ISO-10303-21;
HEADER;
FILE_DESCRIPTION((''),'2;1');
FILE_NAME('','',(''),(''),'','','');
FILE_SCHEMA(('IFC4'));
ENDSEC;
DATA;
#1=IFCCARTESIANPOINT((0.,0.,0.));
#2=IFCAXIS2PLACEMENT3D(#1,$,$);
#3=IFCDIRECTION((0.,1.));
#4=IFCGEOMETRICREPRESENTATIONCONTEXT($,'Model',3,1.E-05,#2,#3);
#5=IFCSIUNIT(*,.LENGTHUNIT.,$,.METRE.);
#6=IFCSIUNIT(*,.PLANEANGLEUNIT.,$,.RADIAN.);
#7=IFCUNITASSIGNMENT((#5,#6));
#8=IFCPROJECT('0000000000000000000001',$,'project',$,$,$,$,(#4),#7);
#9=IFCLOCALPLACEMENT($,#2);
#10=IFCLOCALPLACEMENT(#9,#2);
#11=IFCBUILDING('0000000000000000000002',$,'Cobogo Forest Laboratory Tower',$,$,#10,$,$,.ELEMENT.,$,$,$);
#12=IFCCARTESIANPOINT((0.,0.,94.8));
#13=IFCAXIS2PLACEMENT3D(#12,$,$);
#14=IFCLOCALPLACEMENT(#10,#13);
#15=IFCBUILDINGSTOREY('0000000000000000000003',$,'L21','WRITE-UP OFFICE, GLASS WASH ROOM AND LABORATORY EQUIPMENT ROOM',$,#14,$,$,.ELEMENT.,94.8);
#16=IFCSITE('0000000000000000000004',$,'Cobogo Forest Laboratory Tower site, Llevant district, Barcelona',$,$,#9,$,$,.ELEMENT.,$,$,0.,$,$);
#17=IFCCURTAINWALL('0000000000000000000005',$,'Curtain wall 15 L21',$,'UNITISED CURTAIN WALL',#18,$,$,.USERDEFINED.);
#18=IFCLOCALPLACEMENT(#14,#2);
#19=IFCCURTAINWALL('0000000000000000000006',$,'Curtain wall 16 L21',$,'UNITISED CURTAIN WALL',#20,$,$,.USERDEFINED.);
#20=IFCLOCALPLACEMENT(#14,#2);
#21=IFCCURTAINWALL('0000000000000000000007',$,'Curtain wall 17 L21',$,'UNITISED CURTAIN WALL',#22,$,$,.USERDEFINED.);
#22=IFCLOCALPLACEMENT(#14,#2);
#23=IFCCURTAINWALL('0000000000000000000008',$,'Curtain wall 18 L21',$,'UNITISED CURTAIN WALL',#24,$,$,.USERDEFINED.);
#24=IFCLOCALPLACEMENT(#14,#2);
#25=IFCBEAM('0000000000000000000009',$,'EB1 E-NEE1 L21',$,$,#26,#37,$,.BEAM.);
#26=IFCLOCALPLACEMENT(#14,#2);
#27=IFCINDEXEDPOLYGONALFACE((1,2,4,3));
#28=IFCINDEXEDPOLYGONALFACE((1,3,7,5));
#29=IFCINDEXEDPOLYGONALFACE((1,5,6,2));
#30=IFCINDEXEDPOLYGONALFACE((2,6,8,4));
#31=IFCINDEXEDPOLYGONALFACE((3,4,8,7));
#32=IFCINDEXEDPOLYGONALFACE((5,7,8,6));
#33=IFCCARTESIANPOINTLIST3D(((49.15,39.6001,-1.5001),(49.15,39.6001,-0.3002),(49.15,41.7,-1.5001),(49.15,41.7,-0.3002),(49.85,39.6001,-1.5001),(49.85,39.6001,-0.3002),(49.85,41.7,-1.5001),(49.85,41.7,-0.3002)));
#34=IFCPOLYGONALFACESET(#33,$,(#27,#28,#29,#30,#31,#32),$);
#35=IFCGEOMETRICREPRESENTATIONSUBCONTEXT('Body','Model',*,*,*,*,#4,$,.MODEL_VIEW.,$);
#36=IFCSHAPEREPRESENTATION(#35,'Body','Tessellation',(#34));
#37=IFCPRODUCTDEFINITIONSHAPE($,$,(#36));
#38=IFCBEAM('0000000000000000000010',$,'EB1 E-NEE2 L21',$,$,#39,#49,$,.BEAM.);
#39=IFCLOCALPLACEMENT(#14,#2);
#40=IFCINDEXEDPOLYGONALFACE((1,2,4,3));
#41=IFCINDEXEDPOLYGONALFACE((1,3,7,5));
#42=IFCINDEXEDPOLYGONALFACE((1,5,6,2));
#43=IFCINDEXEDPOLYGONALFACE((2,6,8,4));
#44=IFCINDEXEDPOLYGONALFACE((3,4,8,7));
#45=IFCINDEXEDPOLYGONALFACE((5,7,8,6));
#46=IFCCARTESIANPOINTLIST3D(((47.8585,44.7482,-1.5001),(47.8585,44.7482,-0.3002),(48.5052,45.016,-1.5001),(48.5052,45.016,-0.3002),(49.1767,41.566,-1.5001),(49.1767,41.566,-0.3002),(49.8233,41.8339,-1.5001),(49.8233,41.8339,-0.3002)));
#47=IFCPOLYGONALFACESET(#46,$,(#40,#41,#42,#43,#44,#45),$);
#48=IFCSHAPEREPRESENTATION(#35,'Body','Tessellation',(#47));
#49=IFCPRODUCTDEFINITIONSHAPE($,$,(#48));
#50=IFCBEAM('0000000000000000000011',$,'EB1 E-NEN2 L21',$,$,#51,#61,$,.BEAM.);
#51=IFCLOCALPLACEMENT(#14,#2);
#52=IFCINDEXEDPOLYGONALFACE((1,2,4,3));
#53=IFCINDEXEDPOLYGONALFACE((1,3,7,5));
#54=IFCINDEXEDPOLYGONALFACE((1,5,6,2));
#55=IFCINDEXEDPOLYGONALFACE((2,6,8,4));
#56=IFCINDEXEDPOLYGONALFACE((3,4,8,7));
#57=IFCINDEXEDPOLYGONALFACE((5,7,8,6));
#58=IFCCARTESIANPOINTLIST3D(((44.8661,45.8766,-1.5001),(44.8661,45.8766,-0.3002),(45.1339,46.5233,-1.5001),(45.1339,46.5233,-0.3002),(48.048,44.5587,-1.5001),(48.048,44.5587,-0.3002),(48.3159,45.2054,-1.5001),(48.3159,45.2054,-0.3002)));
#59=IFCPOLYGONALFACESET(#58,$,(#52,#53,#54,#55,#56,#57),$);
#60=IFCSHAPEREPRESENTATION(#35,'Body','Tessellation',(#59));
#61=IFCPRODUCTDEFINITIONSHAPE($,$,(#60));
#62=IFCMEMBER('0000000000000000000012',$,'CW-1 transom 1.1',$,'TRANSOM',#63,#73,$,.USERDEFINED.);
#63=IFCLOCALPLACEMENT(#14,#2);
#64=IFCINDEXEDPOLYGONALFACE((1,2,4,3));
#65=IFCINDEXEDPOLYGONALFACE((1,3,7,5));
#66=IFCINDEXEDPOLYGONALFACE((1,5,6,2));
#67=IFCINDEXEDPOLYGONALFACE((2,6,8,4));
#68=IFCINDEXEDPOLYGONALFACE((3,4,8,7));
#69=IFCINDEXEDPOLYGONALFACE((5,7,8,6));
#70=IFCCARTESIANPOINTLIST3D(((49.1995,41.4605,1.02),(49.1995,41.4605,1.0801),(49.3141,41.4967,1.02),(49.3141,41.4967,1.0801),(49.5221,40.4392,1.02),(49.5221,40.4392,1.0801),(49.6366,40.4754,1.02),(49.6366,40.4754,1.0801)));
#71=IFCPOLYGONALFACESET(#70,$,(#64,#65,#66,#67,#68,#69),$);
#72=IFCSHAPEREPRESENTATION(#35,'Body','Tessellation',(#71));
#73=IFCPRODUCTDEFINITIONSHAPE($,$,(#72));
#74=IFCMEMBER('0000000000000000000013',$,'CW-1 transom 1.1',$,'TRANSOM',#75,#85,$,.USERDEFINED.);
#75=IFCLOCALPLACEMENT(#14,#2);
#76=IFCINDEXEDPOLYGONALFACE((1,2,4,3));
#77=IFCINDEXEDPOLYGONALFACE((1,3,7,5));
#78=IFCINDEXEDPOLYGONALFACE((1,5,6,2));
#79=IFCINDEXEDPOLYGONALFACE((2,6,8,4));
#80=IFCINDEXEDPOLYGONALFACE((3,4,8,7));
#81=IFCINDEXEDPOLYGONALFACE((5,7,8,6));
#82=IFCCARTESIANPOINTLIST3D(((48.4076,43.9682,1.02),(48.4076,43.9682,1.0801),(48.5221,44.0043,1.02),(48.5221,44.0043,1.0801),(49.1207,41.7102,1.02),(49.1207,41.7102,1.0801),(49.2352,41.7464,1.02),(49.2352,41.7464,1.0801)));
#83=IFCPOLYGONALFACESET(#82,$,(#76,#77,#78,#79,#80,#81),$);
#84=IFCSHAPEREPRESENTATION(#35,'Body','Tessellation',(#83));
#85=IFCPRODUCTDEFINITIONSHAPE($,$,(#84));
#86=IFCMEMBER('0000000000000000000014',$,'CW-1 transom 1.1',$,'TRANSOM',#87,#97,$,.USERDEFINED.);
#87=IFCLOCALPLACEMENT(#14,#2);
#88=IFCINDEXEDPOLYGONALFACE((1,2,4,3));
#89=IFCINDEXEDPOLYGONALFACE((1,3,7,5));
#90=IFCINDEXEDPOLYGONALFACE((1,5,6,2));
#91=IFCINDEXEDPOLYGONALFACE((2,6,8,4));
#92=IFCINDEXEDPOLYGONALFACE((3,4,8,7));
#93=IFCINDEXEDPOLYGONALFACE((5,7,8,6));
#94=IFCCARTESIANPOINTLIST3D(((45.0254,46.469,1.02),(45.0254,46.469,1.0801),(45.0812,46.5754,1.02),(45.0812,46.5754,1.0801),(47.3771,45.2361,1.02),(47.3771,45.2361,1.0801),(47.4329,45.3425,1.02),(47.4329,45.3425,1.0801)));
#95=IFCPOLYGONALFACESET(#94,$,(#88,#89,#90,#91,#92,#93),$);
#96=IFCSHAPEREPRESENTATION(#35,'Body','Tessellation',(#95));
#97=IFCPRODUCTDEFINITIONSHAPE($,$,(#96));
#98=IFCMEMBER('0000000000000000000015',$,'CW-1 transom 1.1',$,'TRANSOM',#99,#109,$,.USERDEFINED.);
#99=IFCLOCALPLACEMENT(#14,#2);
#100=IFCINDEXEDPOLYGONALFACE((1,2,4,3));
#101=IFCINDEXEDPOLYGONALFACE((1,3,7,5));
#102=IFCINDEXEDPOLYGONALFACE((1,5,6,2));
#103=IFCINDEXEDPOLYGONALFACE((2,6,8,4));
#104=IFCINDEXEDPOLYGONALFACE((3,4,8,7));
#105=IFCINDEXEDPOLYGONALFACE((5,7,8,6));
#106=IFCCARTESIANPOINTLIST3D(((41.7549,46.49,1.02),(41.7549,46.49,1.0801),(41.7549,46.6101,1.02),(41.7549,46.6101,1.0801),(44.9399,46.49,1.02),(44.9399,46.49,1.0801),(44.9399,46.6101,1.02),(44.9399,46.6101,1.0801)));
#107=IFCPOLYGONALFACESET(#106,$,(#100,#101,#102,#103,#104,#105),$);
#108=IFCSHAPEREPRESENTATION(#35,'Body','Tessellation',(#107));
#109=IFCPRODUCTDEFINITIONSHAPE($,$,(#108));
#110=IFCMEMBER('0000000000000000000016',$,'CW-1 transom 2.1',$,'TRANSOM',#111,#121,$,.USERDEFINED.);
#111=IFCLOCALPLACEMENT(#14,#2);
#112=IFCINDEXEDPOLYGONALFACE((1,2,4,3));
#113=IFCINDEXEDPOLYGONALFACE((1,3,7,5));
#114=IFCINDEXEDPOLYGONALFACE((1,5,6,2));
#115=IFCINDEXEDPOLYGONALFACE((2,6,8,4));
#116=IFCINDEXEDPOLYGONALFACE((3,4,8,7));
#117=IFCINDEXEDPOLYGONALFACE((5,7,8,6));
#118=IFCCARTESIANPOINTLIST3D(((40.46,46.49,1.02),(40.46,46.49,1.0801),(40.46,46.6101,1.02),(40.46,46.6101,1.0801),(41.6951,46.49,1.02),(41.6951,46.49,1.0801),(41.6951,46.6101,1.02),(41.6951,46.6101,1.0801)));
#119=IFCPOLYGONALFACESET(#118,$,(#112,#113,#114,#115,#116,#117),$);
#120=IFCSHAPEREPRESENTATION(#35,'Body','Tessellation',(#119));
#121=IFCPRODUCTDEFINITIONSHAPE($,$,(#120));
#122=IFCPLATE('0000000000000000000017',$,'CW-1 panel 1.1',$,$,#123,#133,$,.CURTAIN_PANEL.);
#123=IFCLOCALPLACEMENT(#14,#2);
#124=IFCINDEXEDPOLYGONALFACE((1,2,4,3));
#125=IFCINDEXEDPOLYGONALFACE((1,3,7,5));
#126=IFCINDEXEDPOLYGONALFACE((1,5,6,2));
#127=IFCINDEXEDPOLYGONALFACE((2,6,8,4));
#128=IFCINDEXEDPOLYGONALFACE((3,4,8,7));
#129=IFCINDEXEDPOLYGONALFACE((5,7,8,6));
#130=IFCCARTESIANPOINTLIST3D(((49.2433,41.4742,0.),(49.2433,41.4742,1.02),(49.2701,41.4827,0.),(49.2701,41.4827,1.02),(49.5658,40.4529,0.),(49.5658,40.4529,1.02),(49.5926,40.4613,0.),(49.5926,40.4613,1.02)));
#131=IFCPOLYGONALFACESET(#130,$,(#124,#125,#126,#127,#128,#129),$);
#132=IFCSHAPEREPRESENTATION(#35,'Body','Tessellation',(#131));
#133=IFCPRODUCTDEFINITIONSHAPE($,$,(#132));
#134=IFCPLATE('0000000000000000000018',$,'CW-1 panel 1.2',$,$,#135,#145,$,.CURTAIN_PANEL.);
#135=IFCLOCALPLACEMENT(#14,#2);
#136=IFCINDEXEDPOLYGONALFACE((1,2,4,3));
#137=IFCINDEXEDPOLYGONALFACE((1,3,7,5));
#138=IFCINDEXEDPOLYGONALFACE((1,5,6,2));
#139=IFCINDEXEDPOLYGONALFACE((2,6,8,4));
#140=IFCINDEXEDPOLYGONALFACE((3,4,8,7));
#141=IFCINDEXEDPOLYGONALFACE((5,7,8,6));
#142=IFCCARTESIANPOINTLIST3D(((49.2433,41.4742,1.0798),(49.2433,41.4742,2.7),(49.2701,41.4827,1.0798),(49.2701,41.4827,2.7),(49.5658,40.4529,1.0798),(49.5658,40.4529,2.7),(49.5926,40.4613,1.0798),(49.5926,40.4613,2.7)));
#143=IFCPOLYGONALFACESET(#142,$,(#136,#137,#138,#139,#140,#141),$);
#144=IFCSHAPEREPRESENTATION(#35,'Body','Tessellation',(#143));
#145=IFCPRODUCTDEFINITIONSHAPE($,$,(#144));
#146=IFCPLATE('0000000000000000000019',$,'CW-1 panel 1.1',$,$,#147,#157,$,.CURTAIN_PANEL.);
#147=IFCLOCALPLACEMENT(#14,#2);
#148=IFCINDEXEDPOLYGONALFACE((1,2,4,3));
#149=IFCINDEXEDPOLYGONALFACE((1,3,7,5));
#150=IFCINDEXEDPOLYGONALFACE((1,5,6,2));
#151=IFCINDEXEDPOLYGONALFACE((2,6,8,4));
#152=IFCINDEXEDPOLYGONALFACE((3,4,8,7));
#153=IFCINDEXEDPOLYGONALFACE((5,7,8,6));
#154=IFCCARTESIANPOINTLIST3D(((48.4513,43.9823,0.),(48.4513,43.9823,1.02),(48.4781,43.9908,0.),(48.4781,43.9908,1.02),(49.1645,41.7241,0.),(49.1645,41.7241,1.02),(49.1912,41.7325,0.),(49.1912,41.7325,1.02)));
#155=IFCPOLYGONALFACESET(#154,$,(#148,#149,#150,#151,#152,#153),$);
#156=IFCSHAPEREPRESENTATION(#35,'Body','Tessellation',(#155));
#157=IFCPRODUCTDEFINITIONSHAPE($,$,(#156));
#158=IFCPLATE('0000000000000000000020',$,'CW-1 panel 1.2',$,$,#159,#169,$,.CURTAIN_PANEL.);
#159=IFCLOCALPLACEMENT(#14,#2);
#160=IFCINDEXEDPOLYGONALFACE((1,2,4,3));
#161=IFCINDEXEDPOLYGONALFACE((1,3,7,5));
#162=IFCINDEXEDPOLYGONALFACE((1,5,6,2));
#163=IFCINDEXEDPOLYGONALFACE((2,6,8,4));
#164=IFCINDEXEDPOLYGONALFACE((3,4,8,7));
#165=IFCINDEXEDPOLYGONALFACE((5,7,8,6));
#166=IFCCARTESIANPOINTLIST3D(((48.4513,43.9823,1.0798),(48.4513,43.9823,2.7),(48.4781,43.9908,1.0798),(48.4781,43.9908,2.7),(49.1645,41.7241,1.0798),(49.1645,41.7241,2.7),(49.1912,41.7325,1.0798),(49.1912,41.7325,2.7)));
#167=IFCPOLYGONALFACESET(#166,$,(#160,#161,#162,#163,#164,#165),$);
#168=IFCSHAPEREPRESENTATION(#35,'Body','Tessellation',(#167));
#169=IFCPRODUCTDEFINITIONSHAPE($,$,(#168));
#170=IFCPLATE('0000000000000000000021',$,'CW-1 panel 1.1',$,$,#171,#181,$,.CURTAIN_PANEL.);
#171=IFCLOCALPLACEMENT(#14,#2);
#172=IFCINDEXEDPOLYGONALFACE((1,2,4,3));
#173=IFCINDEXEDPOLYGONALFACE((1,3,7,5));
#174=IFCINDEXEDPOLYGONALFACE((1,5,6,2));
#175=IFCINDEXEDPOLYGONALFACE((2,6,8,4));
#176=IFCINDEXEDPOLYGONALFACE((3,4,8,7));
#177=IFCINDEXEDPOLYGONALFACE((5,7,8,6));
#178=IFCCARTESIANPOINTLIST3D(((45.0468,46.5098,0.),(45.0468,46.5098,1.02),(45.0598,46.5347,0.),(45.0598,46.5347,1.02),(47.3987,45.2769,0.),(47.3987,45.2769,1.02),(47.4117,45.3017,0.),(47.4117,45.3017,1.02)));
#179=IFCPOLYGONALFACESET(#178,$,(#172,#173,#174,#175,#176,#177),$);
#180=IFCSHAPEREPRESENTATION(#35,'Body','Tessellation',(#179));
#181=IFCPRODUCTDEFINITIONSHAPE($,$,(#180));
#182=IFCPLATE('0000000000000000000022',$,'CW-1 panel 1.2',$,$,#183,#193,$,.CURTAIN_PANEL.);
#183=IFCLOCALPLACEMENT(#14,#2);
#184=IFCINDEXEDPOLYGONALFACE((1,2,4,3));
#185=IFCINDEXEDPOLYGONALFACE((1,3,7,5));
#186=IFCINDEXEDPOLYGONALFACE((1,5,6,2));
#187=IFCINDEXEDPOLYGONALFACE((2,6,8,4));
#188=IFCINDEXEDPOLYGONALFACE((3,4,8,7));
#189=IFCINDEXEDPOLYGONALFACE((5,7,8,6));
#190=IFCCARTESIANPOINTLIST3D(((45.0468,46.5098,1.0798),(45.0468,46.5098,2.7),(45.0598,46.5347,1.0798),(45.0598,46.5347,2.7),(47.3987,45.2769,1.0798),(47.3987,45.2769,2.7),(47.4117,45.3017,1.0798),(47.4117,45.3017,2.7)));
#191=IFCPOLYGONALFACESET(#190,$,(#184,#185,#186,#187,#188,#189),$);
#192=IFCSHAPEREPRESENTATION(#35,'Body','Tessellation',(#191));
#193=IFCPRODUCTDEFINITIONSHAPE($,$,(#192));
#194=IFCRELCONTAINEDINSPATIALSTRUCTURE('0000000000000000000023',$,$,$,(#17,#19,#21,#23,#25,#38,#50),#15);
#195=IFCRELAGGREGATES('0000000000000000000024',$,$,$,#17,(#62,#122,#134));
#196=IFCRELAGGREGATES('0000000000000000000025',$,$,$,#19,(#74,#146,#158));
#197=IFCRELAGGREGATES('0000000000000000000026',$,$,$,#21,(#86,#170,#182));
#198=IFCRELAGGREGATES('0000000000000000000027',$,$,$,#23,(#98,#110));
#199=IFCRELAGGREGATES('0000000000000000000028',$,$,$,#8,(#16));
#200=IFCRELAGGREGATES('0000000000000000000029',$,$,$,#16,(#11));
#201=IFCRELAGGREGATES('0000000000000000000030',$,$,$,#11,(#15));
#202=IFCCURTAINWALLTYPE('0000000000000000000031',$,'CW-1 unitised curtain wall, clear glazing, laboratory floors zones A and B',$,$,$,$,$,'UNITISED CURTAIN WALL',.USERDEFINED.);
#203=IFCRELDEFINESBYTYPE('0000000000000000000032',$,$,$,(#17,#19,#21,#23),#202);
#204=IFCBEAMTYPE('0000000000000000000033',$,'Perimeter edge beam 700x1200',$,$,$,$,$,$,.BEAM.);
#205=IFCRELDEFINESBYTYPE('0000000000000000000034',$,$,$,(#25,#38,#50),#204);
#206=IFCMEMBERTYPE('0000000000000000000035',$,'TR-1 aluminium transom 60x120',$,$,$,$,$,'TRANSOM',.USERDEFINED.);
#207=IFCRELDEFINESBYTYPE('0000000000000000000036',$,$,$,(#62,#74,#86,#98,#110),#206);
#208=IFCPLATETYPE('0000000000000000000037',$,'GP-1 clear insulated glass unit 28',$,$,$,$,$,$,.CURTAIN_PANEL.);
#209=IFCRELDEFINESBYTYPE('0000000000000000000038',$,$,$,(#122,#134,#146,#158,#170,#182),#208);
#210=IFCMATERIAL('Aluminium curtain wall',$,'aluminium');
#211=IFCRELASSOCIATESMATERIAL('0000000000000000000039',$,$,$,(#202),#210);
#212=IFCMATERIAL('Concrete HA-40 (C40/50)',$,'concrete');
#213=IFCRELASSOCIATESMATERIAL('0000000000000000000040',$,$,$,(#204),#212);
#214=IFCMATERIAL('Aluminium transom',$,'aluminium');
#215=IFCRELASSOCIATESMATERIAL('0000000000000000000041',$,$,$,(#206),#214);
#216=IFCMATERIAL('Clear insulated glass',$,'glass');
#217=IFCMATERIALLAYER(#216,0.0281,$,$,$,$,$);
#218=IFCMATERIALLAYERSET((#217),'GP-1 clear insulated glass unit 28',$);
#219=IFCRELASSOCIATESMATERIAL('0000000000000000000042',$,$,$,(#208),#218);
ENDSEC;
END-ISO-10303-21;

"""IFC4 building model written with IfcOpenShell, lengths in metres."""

from ifc_helpers import new_model, si_unit, direction, frame, origin, origin_2d, place, context, subcontext, project, spatial, rectangle, extrude, material, layer, layer_set, material_profile, profile_set, type_object, element, aggregate, save


model = new_model("IFC4")

# Units and contexts
model_context = context("Model", 3, precision=1e-05, world=origin(), true_north=direction((0.0, 1.0)))
body_context = subcontext(model_context, "Body", "Model", "MODEL_VIEW")
ifc_project = project(units=[si_unit("LENGTHUNIT", "METRE"), si_unit("PLANEANGLEUNIT", "RADIAN")], contexts=[model_context])

# Site, building, storey
site_placement = place(None, origin())
site = spatial("IfcSite", under=ifc_project, at=site_placement, Name="Cobogo Forest Laboratory Tower site, Llevant district, Barcelona", CompositionType="ELEMENT", RefElevation=0.0)
building_placement = place(site_placement, origin())
building = spatial("IfcBuilding", under=site, at=building_placement, Name="Cobogo Forest Laboratory Tower", CompositionType="ELEMENT")
storey_placement = place(building_placement, frame((0.0, 0.0, 94.8)))
storey = spatial("IfcBuildingStorey", under=building, at=storey_placement, Name="L21", Description="WRITE-UP OFFICE, GLASS WASH ROOM AND LABORATORY EQUIPMENT ROOM", CompositionType="ELEMENT", Elevation=94.8)

# Shared definitions
ifc_material_1 = material(Name="Concrete HA-40 (C40/50)", Category="concrete")

# Curtain walls
ifc_material_2 = material(Name="Aluminium curtain wall", Category="aluminium")
curtain_wall_type = type_object("IfcCurtainWallType", Name="CW-1 unitised curtain wall, clear glazing, laboratory floors zones A and B", ElementType="UNITISED CURTAIN WALL", PredefinedType="USERDEFINED", material=ifc_material_2)
curtain_wall_1_placement = place(storey_placement, origin())
curtain_wall_1 = element("IfcCurtainWall", 1, at=curtain_wall_1_placement, inside=storey, type_object=curtain_wall_type, Name="Curtain wall 15 L21", ObjectType="UNITISED CURTAIN WALL", PredefinedType="USERDEFINED")
curtain_wall_2_placement = place(storey_placement, origin())
curtain_wall_2 = element("IfcCurtainWall", 2, at=curtain_wall_2_placement, inside=storey, type_object=curtain_wall_type, Name="Curtain wall 16 L21", ObjectType="UNITISED CURTAIN WALL", PredefinedType="USERDEFINED")
curtain_wall_3_placement = place(storey_placement, origin())
curtain_wall_3 = element("IfcCurtainWall", 3, at=curtain_wall_3_placement, inside=storey, type_object=curtain_wall_type, Name="Curtain wall 17 L21", ObjectType="UNITISED CURTAIN WALL", PredefinedType="USERDEFINED")
curtain_wall_4_placement = place(storey_placement, origin())
curtain_wall_4 = element("IfcCurtainWall", 4, at=curtain_wall_4_placement, inside=storey, type_object=curtain_wall_type, Name="Curtain wall 18 L21", ObjectType="UNITISED CURTAIN WALL", PredefinedType="USERDEFINED")

# Beams
ifc_material_profile_1 = material_profile(ifc_material_1, rectangle(XDim=0.7, YDim=1.2, at=origin_2d()), Name="RC 700x1200")
ifc_profile_set_1 = profile_set([ifc_material_profile_1], Name="Concrete HA-40 (C40/50)")
beam_type_1 = type_object("IfcBeamType", Name="Perimeter edge beam 700x1200", PredefinedType="BEAM", material=ifc_profile_set_1)
beam_1_placement = place(storey_placement, frame((49.5, 39.6001, -0.9001), z_axis=(0.0, 1.0, 0.0), x_axis=(-1.0, 0.0, 0.0)))
element("IfcBeam", 5, at=beam_1_placement, inside=storey, type_object=beam_type_1, Name="EB1 E-NEE1 L21", PredefinedType="BEAM", context=body_context, shape_type="SweptSolid", body=[
    extrude(rectangle(XDim=0.7, YDim=1.2, at=origin_2d()), origin(), (0.0, 0.0, 1.0), 2.0999),
])
beam_2_placement = place(storey_placement, frame((49.5, 41.7, -0.9001), z_axis=(-0.382692, 0.923876, 0.0), x_axis=(-0.923876, -0.382692, 0.0)))
element("IfcBeam", 6, at=beam_2_placement, inside=storey, type_object=beam_type_1, Name="EB1 E-NEE2 L21", PredefinedType="BEAM", context=body_context, shape_type="SweptSolid", body=[
    extrude(rectangle(XDim=0.7, YDim=1.2, at=origin_2d()), origin(), (0.0, 0.0, 1.0), 3.4443),
])
beam_3_placement = place(storey_placement, frame((45.0, 46.2, -0.9001), z_axis=(0.923891, -0.382656, 0.0), x_axis=(0.382656, 0.923891, 0.0)))
element("IfcBeam", 7, at=beam_3_placement, inside=storey, type_object=beam_type_1, Name="EB1 E-NEN2 L21", PredefinedType="BEAM", context=body_context, shape_type="SweptSolid", body=[
    extrude(rectangle(XDim=0.7, YDim=1.2, at=origin_2d()), origin(), (0.0, 0.0, 1.0), 3.4441),
])

# Members
ifc_material_3 = material(Name="Aluminium transom", Category="aluminium")
ifc_material_profile_2 = material_profile(ifc_material_3, rectangle(XDim=0.1201, YDim=0.0601, at=origin_2d()), Name="AL 60x120")
ifc_profile_set_2 = profile_set([ifc_material_profile_2], Name="Aluminium transom")
member_type_1 = type_object("IfcMemberType", Name="TR-1 aluminium transom 60x120", ElementType="TRANSOM", PredefinedType="USERDEFINED", material=ifc_profile_set_2)
member_1_placement = place(storey_placement, frame((49.5793, 40.4573, 1.05), z_axis=(-0.301142, 0.953579, 0.0), x_axis=(-0.953579, -0.301142, 0.0)))
member_1 = element("IfcMember", 8, at=member_1_placement, type_object=member_type_1, Name="CW-1 transom 1.1", ObjectType="TRANSOM", PredefinedType="USERDEFINED", context=body_context, shape_type="SweptSolid", body=[
    extrude(rectangle(XDim=0.1201, YDim=0.0601, at=origin_2d()), origin(), (0.0, 0.0, 1.0), 1.071),
])
member_2_placement = place(storey_placement, frame((49.178, 41.7283, 1.05), z_axis=(-0.301156, 0.953575, 0.0), x_axis=(-0.953575, -0.301156, 0.0)))
member_2 = element("IfcMember", 9, at=member_2_placement, type_object=member_type_1, Name="CW-1 transom 1.1", ObjectType="TRANSOM", PredefinedType="USERDEFINED", context=body_context, shape_type="SweptSolid", body=[
    extrude(rectangle(XDim=0.1201, YDim=0.0601, at=origin_2d()), origin(), (0.0, 0.0, 1.0), 2.3679),
])
member_3_placement = place(storey_placement, frame((47.405, 45.2893, 1.05), z_axis=(-0.885675, 0.464306, 0.0), x_axis=(-0.464306, -0.885675, 0.0)))
member_3 = element("IfcMember", 10, at=member_3_placement, type_object=member_type_1, Name="CW-1 transom 1.1", ObjectType="TRANSOM", PredefinedType="USERDEFINED", context=body_context, shape_type="SweptSolid", body=[
    extrude(rectangle(XDim=0.1201, YDim=0.0601, at=origin_2d()), origin(), (0.0, 0.0, 1.0), 2.6553),
])
member_4_placement = place(storey_placement, frame((44.9399, 46.55, 1.05), z_axis=(-1.0, 0.0, 0.0), x_axis=(0.0, -1.0, 0.0)))
member_4 = element("IfcMember", 11, at=member_4_placement, type_object=member_type_1, Name="CW-1 transom 1.1", ObjectType="TRANSOM", PredefinedType="USERDEFINED", context=body_context, shape_type="SweptSolid", body=[
    extrude(rectangle(XDim=0.1201, YDim=0.0601, at=origin_2d()), origin(), (0.0, 0.0, 1.0), 3.1851),
])
member_5_placement = place(storey_placement, frame((41.6951, 46.55, 1.05), z_axis=(-1.0, 0.0, 0.0), x_axis=(0.0, -1.0, 0.0)))
member_5 = element("IfcMember", 12, at=member_5_placement, type_object=member_type_1, Name="CW-1 transom 2.1", ObjectType="TRANSOM", PredefinedType="USERDEFINED", context=body_context, shape_type="SweptSolid", body=[
    extrude(rectangle(XDim=0.1201, YDim=0.0601, at=origin_2d()), origin(), (0.0, 0.0, 1.0), 1.2351),
])

# Plates
ifc_material_4 = material(Name="Clear insulated glass", Category="glass")
ifc_layer_1 = layer(ifc_material_4, 0.0281)
ifc_layer_set_1 = layer_set([ifc_layer_1], Name="GP-1 clear insulated glass unit 28")
plate_type = type_object("IfcPlateType", Name="GP-1 clear insulated glass unit 28", PredefinedType="CURTAIN_PANEL", material=ifc_layer_set_1)
plate_1_placement = place(storey_placement, frame((49.418, 40.9678, 0.0), z_axis=(0.0, 0.0, 1.0), x_axis=(-0.301136, 0.953581, 0.0)))
plate_1 = element("IfcPlate", 13, at=plate_1_placement, type_object=plate_type, Name="CW-1 panel 1.1", PredefinedType="CURTAIN_PANEL", context=body_context, shape_type="SweptSolid", body=[
    extrude(rectangle(XDim=1.071, YDim=0.0281, at=origin_2d()), origin(), (0.0, 0.0, 1.0), 1.02),
])
plate_2_placement = place(storey_placement, frame((49.418, 40.9678, 1.0798), z_axis=(0.0, 0.0, 1.0), x_axis=(-0.301136, 0.953581, 0.0)))
plate_2 = element("IfcPlate", 14, at=plate_2_placement, type_object=plate_type, Name="CW-1 panel 1.2", PredefinedType="CURTAIN_PANEL", context=body_context, shape_type="SweptSolid", body=[
    extrude(rectangle(XDim=1.071, YDim=0.0281, at=origin_2d()), origin(), (0.0, 0.0, 1.0), 1.6201),
])
aggregate(curtain_wall_1, [member_1, plate_1, plate_2])
plate_3_placement = place(storey_placement, frame((48.8213, 42.8574, 0.0), z_axis=(0.0, 0.0, 1.0), x_axis=(-0.301135, 0.953581, 0.0)))
plate_3 = element("IfcPlate", 15, at=plate_3_placement, type_object=plate_type, Name="CW-1 panel 1.1", PredefinedType="CURTAIN_PANEL", context=body_context, shape_type="SweptSolid", body=[
    extrude(rectangle(XDim=2.3682, YDim=0.0281, at=origin_2d()), origin(), (0.0, 0.0, 1.0), 1.02),
])
plate_4_placement = place(storey_placement, frame((48.8213, 42.8574, 1.0798), z_axis=(0.0, 0.0, 1.0), x_axis=(-0.301135, 0.953581, 0.0)))
plate_4 = element("IfcPlate", 16, at=plate_4_placement, type_object=plate_type, Name="CW-1 panel 1.2", PredefinedType="CURTAIN_PANEL", context=body_context, shape_type="SweptSolid", body=[
    extrude(rectangle(XDim=2.3682, YDim=0.0281, at=origin_2d()), origin(), (0.0, 0.0, 1.0), 1.6201),
])
aggregate(curtain_wall_2, [member_2, plate_3, plate_4])
plate_5_placement = place(storey_placement, frame((46.2292, 45.9058, 0.0), z_axis=(0.0, 0.0, 1.0), x_axis=(-0.885687, 0.464284, 0.0)))
plate_5 = element("IfcPlate", 17, at=plate_5_placement, type_object=plate_type, Name="CW-1 panel 1.1", PredefinedType="CURTAIN_PANEL", context=body_context, shape_type="SweptSolid", body=[
    extrude(rectangle(XDim=2.6555, YDim=0.0281, at=origin_2d()), origin(), (0.0, 0.0, 1.0), 1.02),
])
plate_6_placement = place(storey_placement, frame((46.2292, 45.9058, 1.0798), z_axis=(0.0, 0.0, 1.0), x_axis=(-0.885687, 0.464284, 0.0)))
plate_6 = element("IfcPlate", 18, at=plate_6_placement, type_object=plate_type, Name="CW-1 panel 1.2", PredefinedType="CURTAIN_PANEL", context=body_context, shape_type="SweptSolid", body=[
    extrude(rectangle(XDim=2.6555, YDim=0.0281, at=origin_2d()), origin(), (0.0, 0.0, 1.0), 1.6201),
])
aggregate(curtain_wall_3, [member_3, plate_5, plate_6])
aggregate(curtain_wall_4, [member_4, member_5])

save(model, "model.ifc")
